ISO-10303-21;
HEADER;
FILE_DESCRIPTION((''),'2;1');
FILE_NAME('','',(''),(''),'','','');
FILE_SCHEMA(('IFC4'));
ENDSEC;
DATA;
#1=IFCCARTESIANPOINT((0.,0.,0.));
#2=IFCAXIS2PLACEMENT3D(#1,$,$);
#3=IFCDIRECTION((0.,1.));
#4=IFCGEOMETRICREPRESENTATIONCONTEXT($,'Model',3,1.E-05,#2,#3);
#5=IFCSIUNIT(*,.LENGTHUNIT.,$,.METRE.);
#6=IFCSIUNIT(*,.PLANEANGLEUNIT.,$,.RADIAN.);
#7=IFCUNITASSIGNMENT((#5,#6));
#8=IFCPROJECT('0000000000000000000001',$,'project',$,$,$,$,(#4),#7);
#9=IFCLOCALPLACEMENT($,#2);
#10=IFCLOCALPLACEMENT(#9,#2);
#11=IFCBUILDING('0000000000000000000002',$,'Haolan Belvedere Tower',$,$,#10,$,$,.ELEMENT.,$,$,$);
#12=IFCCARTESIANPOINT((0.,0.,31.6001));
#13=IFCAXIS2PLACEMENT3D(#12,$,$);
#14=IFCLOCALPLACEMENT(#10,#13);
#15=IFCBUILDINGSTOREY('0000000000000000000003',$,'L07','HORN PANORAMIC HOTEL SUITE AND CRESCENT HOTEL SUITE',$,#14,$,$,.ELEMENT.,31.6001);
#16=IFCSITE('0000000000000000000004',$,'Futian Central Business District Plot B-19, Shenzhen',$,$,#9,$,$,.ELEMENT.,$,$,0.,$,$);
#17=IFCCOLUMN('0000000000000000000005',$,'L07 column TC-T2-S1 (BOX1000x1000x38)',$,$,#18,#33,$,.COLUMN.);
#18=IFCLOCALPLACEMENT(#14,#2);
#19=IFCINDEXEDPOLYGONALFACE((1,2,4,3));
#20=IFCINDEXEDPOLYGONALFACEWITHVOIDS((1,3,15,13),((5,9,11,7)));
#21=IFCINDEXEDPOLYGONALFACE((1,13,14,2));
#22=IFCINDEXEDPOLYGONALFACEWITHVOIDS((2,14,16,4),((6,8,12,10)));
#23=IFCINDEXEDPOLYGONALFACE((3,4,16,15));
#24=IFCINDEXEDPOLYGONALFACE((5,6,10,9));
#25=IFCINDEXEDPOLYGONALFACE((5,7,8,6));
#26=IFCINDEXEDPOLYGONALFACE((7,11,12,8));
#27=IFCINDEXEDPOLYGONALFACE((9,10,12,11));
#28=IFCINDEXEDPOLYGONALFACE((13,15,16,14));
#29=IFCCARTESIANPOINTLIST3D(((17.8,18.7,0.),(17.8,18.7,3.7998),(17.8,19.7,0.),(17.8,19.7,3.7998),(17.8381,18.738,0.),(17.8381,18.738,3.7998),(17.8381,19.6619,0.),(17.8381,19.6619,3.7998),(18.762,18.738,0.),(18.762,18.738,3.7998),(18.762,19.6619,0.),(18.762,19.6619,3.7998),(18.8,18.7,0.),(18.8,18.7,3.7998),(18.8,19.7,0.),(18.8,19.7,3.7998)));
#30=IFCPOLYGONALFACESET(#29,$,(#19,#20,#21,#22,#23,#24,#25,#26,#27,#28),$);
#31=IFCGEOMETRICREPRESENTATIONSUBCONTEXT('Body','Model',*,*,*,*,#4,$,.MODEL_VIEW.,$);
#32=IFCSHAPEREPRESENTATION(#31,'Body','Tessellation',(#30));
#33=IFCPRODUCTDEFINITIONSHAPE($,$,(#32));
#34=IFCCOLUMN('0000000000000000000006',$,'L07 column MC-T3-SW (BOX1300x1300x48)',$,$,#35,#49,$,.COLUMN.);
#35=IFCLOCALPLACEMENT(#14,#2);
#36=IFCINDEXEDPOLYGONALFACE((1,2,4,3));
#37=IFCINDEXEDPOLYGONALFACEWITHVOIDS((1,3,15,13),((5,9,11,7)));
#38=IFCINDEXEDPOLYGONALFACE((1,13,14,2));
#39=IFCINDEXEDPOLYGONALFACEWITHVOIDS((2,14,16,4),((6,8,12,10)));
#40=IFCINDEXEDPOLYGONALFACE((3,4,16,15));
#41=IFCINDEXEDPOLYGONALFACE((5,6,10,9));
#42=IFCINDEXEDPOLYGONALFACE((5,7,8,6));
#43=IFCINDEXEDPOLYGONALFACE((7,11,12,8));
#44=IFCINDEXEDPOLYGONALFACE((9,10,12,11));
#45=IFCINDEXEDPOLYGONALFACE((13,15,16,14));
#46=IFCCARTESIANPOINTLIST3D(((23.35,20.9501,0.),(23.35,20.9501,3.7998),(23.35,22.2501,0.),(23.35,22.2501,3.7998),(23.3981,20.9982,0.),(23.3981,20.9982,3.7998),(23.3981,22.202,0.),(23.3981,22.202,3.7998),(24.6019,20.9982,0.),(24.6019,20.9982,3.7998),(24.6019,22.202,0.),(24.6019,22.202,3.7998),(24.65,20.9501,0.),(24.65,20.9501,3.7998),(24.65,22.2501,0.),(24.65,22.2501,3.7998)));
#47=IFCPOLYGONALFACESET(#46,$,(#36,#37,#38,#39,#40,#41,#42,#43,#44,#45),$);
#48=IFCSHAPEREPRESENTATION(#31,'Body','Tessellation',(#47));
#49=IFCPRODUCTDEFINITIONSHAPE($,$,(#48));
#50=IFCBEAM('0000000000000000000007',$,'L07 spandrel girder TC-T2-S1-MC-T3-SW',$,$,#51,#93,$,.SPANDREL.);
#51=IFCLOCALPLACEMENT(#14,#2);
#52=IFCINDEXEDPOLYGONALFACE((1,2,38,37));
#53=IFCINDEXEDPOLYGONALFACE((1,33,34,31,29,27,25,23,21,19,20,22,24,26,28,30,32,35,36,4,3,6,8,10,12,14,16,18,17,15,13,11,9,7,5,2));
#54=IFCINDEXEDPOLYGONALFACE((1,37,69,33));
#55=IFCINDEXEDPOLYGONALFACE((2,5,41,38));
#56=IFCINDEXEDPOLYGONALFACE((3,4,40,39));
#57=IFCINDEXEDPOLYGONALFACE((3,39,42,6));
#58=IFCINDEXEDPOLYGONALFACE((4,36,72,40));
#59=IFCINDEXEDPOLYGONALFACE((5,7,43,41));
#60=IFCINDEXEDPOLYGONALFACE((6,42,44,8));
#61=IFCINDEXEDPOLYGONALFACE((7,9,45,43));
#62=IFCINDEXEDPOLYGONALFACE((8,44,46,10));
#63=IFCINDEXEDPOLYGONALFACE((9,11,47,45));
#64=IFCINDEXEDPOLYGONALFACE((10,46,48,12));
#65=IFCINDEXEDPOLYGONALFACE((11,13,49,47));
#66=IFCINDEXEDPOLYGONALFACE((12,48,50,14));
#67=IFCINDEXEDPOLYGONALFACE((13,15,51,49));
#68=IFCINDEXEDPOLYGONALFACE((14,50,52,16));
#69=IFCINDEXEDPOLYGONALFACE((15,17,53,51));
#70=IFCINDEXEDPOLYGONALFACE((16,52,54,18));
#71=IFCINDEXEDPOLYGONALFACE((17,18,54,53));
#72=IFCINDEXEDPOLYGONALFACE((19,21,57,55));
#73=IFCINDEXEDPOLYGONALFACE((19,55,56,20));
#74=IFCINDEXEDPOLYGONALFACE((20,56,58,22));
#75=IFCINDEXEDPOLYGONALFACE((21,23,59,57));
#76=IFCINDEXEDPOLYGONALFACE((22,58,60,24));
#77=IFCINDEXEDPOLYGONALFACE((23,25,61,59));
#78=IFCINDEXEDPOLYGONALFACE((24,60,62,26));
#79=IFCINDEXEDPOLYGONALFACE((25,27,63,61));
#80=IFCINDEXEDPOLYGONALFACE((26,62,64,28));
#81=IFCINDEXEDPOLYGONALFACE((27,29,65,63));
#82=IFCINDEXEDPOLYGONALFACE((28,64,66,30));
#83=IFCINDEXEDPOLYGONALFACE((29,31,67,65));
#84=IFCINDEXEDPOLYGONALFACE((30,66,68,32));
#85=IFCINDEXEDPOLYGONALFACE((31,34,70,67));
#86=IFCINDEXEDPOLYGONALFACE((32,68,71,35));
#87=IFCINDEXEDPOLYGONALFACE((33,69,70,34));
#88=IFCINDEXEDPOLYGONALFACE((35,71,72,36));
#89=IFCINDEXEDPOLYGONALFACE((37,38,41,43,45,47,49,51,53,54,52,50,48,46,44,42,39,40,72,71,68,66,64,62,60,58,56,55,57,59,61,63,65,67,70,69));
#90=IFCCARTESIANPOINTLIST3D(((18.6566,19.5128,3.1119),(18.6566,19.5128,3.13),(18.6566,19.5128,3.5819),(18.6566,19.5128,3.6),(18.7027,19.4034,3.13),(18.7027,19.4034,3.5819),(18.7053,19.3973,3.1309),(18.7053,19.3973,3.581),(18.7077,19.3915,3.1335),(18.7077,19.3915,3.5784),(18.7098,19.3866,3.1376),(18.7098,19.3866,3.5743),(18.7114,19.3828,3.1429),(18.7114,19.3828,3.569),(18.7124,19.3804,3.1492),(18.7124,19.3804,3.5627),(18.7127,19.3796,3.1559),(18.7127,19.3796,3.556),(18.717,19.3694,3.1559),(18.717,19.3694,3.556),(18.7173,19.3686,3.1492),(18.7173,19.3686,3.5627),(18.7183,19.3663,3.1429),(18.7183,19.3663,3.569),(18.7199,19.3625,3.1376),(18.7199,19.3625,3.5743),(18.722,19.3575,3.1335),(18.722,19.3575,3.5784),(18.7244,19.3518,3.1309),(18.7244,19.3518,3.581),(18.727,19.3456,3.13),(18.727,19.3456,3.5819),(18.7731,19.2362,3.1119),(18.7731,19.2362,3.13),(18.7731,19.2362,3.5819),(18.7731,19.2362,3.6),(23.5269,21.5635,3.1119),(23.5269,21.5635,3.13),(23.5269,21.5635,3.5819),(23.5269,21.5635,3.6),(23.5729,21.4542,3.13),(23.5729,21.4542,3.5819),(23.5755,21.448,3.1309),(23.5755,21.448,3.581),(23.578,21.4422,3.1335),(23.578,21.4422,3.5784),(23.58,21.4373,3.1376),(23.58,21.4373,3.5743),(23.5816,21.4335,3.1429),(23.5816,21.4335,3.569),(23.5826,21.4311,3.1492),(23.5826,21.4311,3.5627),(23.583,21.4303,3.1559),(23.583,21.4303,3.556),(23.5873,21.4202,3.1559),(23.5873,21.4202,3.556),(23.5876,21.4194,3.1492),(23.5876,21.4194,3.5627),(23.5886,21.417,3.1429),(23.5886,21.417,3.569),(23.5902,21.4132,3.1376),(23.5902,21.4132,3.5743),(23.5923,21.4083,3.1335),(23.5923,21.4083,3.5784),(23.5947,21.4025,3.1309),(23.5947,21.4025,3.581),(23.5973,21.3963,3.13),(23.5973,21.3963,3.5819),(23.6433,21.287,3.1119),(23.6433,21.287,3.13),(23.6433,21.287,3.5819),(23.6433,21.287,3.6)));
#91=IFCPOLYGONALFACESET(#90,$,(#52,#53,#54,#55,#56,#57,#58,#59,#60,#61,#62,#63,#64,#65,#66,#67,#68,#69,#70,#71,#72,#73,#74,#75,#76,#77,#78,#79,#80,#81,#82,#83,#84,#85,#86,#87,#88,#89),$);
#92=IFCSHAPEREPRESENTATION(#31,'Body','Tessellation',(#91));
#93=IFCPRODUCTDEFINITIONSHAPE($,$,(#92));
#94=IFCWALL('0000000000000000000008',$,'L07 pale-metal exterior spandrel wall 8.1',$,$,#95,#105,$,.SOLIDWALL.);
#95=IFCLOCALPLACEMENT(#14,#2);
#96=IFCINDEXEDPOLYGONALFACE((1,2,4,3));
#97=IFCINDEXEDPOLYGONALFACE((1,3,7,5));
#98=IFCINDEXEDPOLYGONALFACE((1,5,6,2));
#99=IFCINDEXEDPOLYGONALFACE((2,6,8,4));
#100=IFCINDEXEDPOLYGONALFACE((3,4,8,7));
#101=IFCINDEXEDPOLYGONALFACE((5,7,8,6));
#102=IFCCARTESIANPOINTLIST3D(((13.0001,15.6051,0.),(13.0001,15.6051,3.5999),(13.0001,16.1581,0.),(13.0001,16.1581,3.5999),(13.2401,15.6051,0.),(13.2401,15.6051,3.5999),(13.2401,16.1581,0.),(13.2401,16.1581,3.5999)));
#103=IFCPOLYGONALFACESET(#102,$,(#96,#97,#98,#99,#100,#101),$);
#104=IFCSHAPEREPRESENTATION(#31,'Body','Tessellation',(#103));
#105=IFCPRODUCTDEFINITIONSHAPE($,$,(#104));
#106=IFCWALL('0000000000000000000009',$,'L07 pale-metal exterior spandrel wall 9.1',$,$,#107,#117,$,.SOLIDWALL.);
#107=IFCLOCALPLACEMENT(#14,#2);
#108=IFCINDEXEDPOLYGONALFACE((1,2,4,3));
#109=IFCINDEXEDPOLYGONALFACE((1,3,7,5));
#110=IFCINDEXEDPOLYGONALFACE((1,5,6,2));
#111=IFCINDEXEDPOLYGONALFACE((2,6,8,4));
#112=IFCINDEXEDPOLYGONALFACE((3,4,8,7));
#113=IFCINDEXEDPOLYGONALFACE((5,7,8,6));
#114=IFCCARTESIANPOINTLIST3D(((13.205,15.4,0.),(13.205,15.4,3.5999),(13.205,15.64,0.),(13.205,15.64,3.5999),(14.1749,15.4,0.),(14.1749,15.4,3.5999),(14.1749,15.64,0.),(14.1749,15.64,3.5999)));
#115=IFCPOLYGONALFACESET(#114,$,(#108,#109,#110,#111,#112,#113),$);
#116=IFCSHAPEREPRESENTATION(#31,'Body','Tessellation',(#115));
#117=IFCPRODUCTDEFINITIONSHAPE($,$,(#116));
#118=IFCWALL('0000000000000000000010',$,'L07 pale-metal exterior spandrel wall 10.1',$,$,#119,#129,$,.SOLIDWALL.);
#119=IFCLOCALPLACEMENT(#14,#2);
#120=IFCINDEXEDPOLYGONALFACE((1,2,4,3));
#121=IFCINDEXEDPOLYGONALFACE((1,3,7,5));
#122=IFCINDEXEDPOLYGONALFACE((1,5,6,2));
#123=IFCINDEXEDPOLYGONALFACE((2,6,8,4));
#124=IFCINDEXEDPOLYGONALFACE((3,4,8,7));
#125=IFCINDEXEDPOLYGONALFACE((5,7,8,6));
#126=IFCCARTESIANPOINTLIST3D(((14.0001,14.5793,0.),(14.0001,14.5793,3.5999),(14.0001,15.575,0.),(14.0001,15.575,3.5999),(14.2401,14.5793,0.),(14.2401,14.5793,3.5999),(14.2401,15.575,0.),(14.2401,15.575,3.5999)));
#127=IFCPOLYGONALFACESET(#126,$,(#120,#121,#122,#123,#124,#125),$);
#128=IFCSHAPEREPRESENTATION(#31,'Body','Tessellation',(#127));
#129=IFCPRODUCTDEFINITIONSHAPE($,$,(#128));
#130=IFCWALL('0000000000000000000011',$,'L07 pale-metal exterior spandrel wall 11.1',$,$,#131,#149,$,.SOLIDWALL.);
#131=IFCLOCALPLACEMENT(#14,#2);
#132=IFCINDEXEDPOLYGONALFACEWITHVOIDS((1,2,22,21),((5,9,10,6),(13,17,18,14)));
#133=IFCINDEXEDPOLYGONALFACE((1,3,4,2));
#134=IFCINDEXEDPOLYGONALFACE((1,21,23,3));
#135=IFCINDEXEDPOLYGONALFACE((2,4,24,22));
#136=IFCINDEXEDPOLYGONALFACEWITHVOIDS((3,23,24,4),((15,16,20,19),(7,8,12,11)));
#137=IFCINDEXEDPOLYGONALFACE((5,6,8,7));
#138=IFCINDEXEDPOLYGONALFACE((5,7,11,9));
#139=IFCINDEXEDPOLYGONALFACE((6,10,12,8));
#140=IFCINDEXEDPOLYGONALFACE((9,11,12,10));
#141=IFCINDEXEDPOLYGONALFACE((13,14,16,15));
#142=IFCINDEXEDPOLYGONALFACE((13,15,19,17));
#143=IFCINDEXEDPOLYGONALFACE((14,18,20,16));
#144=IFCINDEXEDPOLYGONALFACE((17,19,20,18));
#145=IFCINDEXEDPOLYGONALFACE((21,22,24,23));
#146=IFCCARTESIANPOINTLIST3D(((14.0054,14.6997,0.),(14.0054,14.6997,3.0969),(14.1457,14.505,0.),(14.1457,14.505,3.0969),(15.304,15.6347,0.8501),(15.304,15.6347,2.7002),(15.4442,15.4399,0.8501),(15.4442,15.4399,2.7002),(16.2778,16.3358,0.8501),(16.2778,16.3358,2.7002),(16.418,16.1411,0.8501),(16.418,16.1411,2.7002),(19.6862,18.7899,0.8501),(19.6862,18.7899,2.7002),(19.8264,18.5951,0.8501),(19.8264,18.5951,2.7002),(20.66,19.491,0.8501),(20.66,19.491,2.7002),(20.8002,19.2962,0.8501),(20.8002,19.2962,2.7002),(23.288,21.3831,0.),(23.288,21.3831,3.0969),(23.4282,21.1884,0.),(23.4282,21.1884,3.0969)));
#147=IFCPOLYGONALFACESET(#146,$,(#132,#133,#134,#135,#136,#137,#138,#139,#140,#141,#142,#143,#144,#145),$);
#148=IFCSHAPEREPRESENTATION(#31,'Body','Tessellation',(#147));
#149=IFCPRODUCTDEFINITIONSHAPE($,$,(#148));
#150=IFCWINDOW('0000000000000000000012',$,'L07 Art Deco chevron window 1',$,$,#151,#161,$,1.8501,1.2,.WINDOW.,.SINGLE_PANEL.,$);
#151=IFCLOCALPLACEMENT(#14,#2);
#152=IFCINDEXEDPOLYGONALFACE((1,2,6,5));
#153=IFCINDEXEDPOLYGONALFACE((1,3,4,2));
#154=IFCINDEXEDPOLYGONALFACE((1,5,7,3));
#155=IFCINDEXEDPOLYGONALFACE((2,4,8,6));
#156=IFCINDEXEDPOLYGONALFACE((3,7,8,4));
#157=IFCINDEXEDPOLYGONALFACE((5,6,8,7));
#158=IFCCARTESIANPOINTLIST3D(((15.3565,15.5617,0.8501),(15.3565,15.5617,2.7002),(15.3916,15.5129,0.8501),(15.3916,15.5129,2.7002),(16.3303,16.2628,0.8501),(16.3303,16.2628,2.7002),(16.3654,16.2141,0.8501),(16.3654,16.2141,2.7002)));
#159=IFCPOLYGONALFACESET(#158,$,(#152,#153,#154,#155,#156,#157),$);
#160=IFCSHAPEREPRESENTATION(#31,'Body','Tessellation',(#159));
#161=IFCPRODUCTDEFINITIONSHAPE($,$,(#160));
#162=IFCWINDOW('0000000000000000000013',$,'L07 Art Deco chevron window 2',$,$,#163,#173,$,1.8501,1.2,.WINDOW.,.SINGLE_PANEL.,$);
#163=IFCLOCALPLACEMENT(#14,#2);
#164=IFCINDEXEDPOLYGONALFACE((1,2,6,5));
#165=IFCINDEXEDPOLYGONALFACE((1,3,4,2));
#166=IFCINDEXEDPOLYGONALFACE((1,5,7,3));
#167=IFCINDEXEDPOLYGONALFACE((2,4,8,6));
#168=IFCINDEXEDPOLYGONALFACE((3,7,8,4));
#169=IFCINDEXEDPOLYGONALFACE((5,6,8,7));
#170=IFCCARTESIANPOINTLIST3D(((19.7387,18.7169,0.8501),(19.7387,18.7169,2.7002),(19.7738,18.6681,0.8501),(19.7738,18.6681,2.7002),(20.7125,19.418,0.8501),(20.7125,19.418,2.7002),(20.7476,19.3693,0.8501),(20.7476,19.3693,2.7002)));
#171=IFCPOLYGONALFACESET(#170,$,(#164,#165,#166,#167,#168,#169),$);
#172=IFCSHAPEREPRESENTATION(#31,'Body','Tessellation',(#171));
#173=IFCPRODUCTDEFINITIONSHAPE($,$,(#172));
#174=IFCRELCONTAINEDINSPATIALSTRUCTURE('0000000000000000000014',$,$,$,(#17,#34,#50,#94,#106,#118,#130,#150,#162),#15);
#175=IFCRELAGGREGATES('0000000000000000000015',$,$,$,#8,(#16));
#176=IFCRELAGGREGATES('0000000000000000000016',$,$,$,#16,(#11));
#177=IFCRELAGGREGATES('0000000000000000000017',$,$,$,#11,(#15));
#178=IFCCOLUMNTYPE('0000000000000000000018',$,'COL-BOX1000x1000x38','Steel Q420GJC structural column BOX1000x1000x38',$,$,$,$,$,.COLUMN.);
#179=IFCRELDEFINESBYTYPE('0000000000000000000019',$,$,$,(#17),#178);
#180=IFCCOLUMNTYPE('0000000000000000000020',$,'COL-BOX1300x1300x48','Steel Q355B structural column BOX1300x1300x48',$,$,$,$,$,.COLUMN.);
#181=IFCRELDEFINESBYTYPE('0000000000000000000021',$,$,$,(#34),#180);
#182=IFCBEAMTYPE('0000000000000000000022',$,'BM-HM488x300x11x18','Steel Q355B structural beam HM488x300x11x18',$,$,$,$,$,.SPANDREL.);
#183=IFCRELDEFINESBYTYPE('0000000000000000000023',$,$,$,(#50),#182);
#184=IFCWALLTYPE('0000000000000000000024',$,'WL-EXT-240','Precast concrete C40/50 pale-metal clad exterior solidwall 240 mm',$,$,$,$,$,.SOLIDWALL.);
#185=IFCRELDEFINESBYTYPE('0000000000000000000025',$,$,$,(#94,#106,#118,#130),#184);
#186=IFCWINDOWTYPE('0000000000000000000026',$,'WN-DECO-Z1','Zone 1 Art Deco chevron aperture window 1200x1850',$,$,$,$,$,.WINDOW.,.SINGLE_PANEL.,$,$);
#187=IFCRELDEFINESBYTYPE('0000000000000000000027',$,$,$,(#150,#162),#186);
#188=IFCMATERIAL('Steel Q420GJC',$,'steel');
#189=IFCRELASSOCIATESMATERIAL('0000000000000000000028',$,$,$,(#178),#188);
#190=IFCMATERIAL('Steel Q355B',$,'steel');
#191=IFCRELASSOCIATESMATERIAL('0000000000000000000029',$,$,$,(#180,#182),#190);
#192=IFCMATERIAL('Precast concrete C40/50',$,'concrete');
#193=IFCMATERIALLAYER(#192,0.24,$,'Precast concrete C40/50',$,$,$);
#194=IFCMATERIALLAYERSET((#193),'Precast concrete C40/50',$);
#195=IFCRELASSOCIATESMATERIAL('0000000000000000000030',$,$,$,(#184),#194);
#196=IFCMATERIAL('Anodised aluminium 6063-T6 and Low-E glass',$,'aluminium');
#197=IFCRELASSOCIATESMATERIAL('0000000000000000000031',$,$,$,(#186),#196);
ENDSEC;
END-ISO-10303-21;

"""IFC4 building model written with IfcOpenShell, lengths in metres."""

from ifc_helpers import new_model, si_unit, direction, frame, frame_2d, origin, origin_2d, place, context, subcontext, project, spatial, rectangle, hollow_rectangle, i_section, extrude, material, layer, layer_set, material_profile, profile_set, type_object, element, fill, save


model = new_model("IFC4")

# Units and contexts
model_context = context("Model", 3, precision=1e-05, world=origin(), true_north=direction((0.0, 1.0)))
body_context = subcontext(model_context, "Body", "Model", "MODEL_VIEW")
ifc_project = project(units=[si_unit("LENGTHUNIT", "METRE"), si_unit("PLANEANGLEUNIT", "RADIAN")], contexts=[model_context])

# Site, building, storey
site_placement = place(None, origin())
site = spatial("IfcSite", under=ifc_project, at=site_placement, Name="Futian Central Business District Plot B-19, Shenzhen", CompositionType="ELEMENT", RefElevation=0.0)
building_placement = place(site_placement, origin())
building = spatial("IfcBuilding", under=site, at=building_placement, Name="Haolan Belvedere Tower", CompositionType="ELEMENT")
storey_placement = place(building_placement, frame((0.0, 0.0, 31.6001)))
storey = spatial("IfcBuildingStorey", under=building, at=storey_placement, Name="L07", Description="HORN PANORAMIC HOTEL SUITE AND CRESCENT HOTEL SUITE", CompositionType="ELEMENT", Elevation=31.6001)

# Columns
ifc_material_1 = material(Name="Steel Q420GJC", Category="steel")
ifc_material_profile_1 = material_profile(ifc_material_1, hollow_rectangle(XDim=1.0, YDim=1.0, WallThickness=0.0381, at=origin_2d()), Name="Steel Q420GJC")
ifc_profile_set_1 = profile_set([ifc_material_profile_1], Name="Steel Q420GJC")
column_type_1 = type_object("IfcColumnType", Name="COL-BOX1000x1000x38", Description="Steel Q420GJC structural column BOX1000x1000x38", PredefinedType="COLUMN", material=ifc_profile_set_1)
column_1_placement = place(storey_placement, frame((18.3, 19.2, 0.0), z_axis=(0.0, 0.0, 1.0), x_axis=(1.0, 0.0, 0.0)))
element("IfcColumn", 1, at=column_1_placement, inside=storey, type_object=column_type_1, Name="L07 column TC-T2-S1 (BOX1000x1000x38)", PredefinedType="COLUMN", context=body_context, shape_type="SweptSolid", body=[
    extrude(hollow_rectangle(XDim=1.0, YDim=1.0, WallThickness=0.0381, at=origin_2d()), origin(), (0.0, 0.0, 1.0), 3.7998),
])
ifc_material_2 = material(Name="Steel Q355B", Category="steel")
ifc_material_profile_2 = material_profile(ifc_material_2, hollow_rectangle(XDim=1.3, YDim=1.3, WallThickness=0.0481, at=origin_2d()), Name="Steel Q355B")
ifc_profile_set_2 = profile_set([ifc_material_profile_2], Name="Steel Q355B")
column_type_2 = type_object("IfcColumnType", Name="COL-BOX1300x1300x48", Description="Steel Q355B structural column BOX1300x1300x48", PredefinedType="COLUMN", material=ifc_profile_set_2)
column_2_placement = place(storey_placement, frame((24.0, 21.6001, 0.0), z_axis=(0.0, 0.0, 1.0), x_axis=(1.0, 0.0, 0.0)))
element("IfcColumn", 2, at=column_2_placement, inside=storey, type_object=column_type_2, Name="L07 column MC-T3-SW (BOX1300x1300x48)", PredefinedType="COLUMN", context=body_context, shape_type="SweptSolid", body=[
    extrude(hollow_rectangle(XDim=1.3, YDim=1.3, WallThickness=0.0481, at=origin_2d()), origin(), (0.0, 0.0, 1.0), 3.7998),
])

# Beam
ifc_material_profile_3 = material_profile(ifc_material_2, i_section(OverallWidth=0.3, OverallDepth=0.488, WebThickness=0.011, FlangeThickness=0.0181, FilletRadius=0.0259, at=origin_2d()), Name="Steel Q355B")
ifc_profile_set_3 = profile_set([ifc_material_profile_3], Name="Steel Q355B")
beam_type = type_object("IfcBeamType", Name="BM-HM488x300x11x18", Description="Steel Q355B structural beam HM488x300x11x18", PredefinedType="SPANDREL", material=ifc_profile_set_3)
beam_placement = place(storey_placement, frame((18.7148, 19.3745, 3.356), z_axis=(0.921628, 0.388074, 0.0), x_axis=(-0.388074, 0.921628, 0.0)))
element("IfcBeam", 3, at=beam_placement, inside=storey, type_object=beam_type, Name="L07 spandrel girder TC-T2-S1-MC-T3-SW", PredefinedType="SPANDREL", context=body_context, shape_type="SweptSolid", body=[
    extrude(i_section(OverallWidth=0.3, OverallDepth=0.488, WebThickness=0.011, FlangeThickness=0.0181, FilletRadius=0.0259, at=origin_2d()), origin(), (0.0, 0.0, 1.0), 5.2844),
])

# Walls
ifc_material_3 = material(Name="Precast concrete C40/50", Category="concrete")
ifc_layer_1 = layer(ifc_material_3, 0.24, Name="Precast concrete C40/50")
ifc_layer_set_1 = layer_set([ifc_layer_1], Name="Precast concrete C40/50")
wall_type_1 = type_object("IfcWallType", Name="WL-EXT-240", Description="Precast concrete C40/50 pale-metal clad exterior solidwall 240 mm", PredefinedType="SOLIDWALL", material=ifc_layer_set_1)
wall_1_placement = place(storey_placement, frame((13.1201, 16.158, 0.0), z_axis=(0.0, 0.0, 1.0), x_axis=(0.0, -1.0, 0.0)))
element("IfcWall", 4, at=wall_1_placement, inside=storey, type_object=wall_type_1, Name="L07 pale-metal exterior spandrel wall 8.1", PredefinedType="SOLIDWALL", context=body_context, shape_type="SweptSolid", body=[
    extrude(rectangle(XDim=0.553, YDim=0.24, at=frame_2d((0.2764, 0.0))), origin(), (0.0, 0.0, 1.0), 3.5999),
])
wall_2_placement = place(storey_placement, frame((13.2051, 15.52, 0.0), z_axis=(0.0, 0.0, 1.0), x_axis=(1.0, 0.0, 0.0)))
element("IfcWall", 5, at=wall_2_placement, inside=storey, type_object=wall_type_1, Name="L07 pale-metal exterior spandrel wall 9.1", PredefinedType="SOLIDWALL", context=body_context, shape_type="SweptSolid", body=[
    extrude(rectangle(XDim=0.97, YDim=0.24, at=frame_2d((0.4849, 0.0))), origin(), (0.0, 0.0, 1.0), 3.5999),
])
wall_3_placement = place(storey_placement, frame((14.1201, 15.575, 0.0), z_axis=(0.0, 0.0, 1.0), x_axis=(0.0, -1.0, 0.0)))
element("IfcWall", 6, at=wall_3_placement, inside=storey, type_object=wall_type_1, Name="L07 pale-metal exterior spandrel wall 10.1", PredefinedType="SOLIDWALL", context=body_context, shape_type="SweptSolid", body=[
    extrude(rectangle(XDim=0.9956, YDim=0.24, at=frame_2d((0.4978, 0.0))), origin(), (0.0, 0.0, 1.0), 3.5999),
])

# Wall, openings, windows
wall_4_placement = place(storey_placement, frame((14.0754, 14.6023, 0.0), z_axis=(0.0, 0.0, 1.0), x_axis=(0.811536, 0.584303, 0.0)))
wall_4 = element("IfcWall", 7, at=wall_4_placement, inside=storey, type_object=wall_type_1, Name="L07 pale-metal exterior spandrel wall 11.1", PredefinedType="SOLIDWALL", context=body_context, shape_type="SweptSolid", body=[
    extrude(rectangle(XDim=11.4382, YDim=0.24, at=frame_2d((5.7192, 0.0))), origin(), (0.0, 0.0, 1.0), 3.0969),
])
opening_1_placement = place(wall_4_placement, frame((1.6001, 0.0, 0.8501)))
opening_1 = element("IfcOpeningElement", 8, at=opening_1_placement, cuts=wall_4, PredefinedType="OPENING", context=body_context, shape_type="SweptSolid", body=[
    extrude(rectangle(XDim=1.2, YDim=1.8501, at=frame_2d((0.6001, 0.925))), frame((0.0, 0.1299, 0.0), z_axis=(0.0, -1.0, 0.0), x_axis=(1.0, 0.0, 0.0)), (0.0, 0.0, 1.0), 0.26),
])
opening_2_placement = place(wall_4_placement, frame((7.0, 0.0, 0.8501)))
opening_2 = element("IfcOpeningElement", 9, at=opening_2_placement, cuts=wall_4, PredefinedType="OPENING", context=body_context, shape_type="SweptSolid", body=[
    extrude(rectangle(XDim=1.2, YDim=1.8501, at=frame_2d((0.6001, 0.925))), frame((0.0, 0.1299, 0.0), z_axis=(0.0, -1.0, 0.0), x_axis=(1.0, 0.0, 0.0)), (0.0, 0.0, 1.0), 0.26),
])
ifc_material_4 = material(Name="Anodised aluminium 6063-T6 and Low-E glass", Category="aluminium")
window_type = type_object("IfcWindowType", Name="WN-DECO-Z1", Description="Zone 1 Art Deco chevron aperture window 1200x1850", PartitioningType="SINGLE_PANEL", PredefinedType="WINDOW", material=ifc_material_4)
window_1_placement = place(opening_1_placement, origin())
window_1 = element("IfcWindow", 10, at=window_1_placement, inside=storey, type_object=window_type, Name="L07 Art Deco chevron window 1", OverallHeight=1.8501, OverallWidth=1.2, PartitioningType="SINGLE_PANEL", PredefinedType="WINDOW", context=body_context, shape_type="SweptSolid", body=[
    extrude(rectangle(XDim=1.2, YDim=1.8501, at=frame_2d((0.6001, 0.925))), frame((0.0, 0.03, 0.0), z_axis=(0.0, -1.0, 0.0), x_axis=(1.0, 0.0, 0.0)), (0.0, 0.0, 1.0), 0.0601),
])
fill(opening_1, window_1)
window_2_placement = place(opening_2_placement, origin())
window_2 = element("IfcWindow", 11, at=window_2_placement, inside=storey, type_object=window_type, Name="L07 Art Deco chevron window 2", OverallHeight=1.8501, OverallWidth=1.2, PartitioningType="SINGLE_PANEL", PredefinedType="WINDOW", context=body_context, shape_type="SweptSolid", body=[
    extrude(rectangle(XDim=1.2, YDim=1.8501, at=frame_2d((0.6001, 0.925))), frame((0.0, 0.03, 0.0), z_axis=(0.0, -1.0, 0.0), x_axis=(1.0, 0.0, 0.0)), (0.0, 0.0, 1.0), 0.0601),
])
fill(opening_2, window_2)

save(model, "model.ifc")
